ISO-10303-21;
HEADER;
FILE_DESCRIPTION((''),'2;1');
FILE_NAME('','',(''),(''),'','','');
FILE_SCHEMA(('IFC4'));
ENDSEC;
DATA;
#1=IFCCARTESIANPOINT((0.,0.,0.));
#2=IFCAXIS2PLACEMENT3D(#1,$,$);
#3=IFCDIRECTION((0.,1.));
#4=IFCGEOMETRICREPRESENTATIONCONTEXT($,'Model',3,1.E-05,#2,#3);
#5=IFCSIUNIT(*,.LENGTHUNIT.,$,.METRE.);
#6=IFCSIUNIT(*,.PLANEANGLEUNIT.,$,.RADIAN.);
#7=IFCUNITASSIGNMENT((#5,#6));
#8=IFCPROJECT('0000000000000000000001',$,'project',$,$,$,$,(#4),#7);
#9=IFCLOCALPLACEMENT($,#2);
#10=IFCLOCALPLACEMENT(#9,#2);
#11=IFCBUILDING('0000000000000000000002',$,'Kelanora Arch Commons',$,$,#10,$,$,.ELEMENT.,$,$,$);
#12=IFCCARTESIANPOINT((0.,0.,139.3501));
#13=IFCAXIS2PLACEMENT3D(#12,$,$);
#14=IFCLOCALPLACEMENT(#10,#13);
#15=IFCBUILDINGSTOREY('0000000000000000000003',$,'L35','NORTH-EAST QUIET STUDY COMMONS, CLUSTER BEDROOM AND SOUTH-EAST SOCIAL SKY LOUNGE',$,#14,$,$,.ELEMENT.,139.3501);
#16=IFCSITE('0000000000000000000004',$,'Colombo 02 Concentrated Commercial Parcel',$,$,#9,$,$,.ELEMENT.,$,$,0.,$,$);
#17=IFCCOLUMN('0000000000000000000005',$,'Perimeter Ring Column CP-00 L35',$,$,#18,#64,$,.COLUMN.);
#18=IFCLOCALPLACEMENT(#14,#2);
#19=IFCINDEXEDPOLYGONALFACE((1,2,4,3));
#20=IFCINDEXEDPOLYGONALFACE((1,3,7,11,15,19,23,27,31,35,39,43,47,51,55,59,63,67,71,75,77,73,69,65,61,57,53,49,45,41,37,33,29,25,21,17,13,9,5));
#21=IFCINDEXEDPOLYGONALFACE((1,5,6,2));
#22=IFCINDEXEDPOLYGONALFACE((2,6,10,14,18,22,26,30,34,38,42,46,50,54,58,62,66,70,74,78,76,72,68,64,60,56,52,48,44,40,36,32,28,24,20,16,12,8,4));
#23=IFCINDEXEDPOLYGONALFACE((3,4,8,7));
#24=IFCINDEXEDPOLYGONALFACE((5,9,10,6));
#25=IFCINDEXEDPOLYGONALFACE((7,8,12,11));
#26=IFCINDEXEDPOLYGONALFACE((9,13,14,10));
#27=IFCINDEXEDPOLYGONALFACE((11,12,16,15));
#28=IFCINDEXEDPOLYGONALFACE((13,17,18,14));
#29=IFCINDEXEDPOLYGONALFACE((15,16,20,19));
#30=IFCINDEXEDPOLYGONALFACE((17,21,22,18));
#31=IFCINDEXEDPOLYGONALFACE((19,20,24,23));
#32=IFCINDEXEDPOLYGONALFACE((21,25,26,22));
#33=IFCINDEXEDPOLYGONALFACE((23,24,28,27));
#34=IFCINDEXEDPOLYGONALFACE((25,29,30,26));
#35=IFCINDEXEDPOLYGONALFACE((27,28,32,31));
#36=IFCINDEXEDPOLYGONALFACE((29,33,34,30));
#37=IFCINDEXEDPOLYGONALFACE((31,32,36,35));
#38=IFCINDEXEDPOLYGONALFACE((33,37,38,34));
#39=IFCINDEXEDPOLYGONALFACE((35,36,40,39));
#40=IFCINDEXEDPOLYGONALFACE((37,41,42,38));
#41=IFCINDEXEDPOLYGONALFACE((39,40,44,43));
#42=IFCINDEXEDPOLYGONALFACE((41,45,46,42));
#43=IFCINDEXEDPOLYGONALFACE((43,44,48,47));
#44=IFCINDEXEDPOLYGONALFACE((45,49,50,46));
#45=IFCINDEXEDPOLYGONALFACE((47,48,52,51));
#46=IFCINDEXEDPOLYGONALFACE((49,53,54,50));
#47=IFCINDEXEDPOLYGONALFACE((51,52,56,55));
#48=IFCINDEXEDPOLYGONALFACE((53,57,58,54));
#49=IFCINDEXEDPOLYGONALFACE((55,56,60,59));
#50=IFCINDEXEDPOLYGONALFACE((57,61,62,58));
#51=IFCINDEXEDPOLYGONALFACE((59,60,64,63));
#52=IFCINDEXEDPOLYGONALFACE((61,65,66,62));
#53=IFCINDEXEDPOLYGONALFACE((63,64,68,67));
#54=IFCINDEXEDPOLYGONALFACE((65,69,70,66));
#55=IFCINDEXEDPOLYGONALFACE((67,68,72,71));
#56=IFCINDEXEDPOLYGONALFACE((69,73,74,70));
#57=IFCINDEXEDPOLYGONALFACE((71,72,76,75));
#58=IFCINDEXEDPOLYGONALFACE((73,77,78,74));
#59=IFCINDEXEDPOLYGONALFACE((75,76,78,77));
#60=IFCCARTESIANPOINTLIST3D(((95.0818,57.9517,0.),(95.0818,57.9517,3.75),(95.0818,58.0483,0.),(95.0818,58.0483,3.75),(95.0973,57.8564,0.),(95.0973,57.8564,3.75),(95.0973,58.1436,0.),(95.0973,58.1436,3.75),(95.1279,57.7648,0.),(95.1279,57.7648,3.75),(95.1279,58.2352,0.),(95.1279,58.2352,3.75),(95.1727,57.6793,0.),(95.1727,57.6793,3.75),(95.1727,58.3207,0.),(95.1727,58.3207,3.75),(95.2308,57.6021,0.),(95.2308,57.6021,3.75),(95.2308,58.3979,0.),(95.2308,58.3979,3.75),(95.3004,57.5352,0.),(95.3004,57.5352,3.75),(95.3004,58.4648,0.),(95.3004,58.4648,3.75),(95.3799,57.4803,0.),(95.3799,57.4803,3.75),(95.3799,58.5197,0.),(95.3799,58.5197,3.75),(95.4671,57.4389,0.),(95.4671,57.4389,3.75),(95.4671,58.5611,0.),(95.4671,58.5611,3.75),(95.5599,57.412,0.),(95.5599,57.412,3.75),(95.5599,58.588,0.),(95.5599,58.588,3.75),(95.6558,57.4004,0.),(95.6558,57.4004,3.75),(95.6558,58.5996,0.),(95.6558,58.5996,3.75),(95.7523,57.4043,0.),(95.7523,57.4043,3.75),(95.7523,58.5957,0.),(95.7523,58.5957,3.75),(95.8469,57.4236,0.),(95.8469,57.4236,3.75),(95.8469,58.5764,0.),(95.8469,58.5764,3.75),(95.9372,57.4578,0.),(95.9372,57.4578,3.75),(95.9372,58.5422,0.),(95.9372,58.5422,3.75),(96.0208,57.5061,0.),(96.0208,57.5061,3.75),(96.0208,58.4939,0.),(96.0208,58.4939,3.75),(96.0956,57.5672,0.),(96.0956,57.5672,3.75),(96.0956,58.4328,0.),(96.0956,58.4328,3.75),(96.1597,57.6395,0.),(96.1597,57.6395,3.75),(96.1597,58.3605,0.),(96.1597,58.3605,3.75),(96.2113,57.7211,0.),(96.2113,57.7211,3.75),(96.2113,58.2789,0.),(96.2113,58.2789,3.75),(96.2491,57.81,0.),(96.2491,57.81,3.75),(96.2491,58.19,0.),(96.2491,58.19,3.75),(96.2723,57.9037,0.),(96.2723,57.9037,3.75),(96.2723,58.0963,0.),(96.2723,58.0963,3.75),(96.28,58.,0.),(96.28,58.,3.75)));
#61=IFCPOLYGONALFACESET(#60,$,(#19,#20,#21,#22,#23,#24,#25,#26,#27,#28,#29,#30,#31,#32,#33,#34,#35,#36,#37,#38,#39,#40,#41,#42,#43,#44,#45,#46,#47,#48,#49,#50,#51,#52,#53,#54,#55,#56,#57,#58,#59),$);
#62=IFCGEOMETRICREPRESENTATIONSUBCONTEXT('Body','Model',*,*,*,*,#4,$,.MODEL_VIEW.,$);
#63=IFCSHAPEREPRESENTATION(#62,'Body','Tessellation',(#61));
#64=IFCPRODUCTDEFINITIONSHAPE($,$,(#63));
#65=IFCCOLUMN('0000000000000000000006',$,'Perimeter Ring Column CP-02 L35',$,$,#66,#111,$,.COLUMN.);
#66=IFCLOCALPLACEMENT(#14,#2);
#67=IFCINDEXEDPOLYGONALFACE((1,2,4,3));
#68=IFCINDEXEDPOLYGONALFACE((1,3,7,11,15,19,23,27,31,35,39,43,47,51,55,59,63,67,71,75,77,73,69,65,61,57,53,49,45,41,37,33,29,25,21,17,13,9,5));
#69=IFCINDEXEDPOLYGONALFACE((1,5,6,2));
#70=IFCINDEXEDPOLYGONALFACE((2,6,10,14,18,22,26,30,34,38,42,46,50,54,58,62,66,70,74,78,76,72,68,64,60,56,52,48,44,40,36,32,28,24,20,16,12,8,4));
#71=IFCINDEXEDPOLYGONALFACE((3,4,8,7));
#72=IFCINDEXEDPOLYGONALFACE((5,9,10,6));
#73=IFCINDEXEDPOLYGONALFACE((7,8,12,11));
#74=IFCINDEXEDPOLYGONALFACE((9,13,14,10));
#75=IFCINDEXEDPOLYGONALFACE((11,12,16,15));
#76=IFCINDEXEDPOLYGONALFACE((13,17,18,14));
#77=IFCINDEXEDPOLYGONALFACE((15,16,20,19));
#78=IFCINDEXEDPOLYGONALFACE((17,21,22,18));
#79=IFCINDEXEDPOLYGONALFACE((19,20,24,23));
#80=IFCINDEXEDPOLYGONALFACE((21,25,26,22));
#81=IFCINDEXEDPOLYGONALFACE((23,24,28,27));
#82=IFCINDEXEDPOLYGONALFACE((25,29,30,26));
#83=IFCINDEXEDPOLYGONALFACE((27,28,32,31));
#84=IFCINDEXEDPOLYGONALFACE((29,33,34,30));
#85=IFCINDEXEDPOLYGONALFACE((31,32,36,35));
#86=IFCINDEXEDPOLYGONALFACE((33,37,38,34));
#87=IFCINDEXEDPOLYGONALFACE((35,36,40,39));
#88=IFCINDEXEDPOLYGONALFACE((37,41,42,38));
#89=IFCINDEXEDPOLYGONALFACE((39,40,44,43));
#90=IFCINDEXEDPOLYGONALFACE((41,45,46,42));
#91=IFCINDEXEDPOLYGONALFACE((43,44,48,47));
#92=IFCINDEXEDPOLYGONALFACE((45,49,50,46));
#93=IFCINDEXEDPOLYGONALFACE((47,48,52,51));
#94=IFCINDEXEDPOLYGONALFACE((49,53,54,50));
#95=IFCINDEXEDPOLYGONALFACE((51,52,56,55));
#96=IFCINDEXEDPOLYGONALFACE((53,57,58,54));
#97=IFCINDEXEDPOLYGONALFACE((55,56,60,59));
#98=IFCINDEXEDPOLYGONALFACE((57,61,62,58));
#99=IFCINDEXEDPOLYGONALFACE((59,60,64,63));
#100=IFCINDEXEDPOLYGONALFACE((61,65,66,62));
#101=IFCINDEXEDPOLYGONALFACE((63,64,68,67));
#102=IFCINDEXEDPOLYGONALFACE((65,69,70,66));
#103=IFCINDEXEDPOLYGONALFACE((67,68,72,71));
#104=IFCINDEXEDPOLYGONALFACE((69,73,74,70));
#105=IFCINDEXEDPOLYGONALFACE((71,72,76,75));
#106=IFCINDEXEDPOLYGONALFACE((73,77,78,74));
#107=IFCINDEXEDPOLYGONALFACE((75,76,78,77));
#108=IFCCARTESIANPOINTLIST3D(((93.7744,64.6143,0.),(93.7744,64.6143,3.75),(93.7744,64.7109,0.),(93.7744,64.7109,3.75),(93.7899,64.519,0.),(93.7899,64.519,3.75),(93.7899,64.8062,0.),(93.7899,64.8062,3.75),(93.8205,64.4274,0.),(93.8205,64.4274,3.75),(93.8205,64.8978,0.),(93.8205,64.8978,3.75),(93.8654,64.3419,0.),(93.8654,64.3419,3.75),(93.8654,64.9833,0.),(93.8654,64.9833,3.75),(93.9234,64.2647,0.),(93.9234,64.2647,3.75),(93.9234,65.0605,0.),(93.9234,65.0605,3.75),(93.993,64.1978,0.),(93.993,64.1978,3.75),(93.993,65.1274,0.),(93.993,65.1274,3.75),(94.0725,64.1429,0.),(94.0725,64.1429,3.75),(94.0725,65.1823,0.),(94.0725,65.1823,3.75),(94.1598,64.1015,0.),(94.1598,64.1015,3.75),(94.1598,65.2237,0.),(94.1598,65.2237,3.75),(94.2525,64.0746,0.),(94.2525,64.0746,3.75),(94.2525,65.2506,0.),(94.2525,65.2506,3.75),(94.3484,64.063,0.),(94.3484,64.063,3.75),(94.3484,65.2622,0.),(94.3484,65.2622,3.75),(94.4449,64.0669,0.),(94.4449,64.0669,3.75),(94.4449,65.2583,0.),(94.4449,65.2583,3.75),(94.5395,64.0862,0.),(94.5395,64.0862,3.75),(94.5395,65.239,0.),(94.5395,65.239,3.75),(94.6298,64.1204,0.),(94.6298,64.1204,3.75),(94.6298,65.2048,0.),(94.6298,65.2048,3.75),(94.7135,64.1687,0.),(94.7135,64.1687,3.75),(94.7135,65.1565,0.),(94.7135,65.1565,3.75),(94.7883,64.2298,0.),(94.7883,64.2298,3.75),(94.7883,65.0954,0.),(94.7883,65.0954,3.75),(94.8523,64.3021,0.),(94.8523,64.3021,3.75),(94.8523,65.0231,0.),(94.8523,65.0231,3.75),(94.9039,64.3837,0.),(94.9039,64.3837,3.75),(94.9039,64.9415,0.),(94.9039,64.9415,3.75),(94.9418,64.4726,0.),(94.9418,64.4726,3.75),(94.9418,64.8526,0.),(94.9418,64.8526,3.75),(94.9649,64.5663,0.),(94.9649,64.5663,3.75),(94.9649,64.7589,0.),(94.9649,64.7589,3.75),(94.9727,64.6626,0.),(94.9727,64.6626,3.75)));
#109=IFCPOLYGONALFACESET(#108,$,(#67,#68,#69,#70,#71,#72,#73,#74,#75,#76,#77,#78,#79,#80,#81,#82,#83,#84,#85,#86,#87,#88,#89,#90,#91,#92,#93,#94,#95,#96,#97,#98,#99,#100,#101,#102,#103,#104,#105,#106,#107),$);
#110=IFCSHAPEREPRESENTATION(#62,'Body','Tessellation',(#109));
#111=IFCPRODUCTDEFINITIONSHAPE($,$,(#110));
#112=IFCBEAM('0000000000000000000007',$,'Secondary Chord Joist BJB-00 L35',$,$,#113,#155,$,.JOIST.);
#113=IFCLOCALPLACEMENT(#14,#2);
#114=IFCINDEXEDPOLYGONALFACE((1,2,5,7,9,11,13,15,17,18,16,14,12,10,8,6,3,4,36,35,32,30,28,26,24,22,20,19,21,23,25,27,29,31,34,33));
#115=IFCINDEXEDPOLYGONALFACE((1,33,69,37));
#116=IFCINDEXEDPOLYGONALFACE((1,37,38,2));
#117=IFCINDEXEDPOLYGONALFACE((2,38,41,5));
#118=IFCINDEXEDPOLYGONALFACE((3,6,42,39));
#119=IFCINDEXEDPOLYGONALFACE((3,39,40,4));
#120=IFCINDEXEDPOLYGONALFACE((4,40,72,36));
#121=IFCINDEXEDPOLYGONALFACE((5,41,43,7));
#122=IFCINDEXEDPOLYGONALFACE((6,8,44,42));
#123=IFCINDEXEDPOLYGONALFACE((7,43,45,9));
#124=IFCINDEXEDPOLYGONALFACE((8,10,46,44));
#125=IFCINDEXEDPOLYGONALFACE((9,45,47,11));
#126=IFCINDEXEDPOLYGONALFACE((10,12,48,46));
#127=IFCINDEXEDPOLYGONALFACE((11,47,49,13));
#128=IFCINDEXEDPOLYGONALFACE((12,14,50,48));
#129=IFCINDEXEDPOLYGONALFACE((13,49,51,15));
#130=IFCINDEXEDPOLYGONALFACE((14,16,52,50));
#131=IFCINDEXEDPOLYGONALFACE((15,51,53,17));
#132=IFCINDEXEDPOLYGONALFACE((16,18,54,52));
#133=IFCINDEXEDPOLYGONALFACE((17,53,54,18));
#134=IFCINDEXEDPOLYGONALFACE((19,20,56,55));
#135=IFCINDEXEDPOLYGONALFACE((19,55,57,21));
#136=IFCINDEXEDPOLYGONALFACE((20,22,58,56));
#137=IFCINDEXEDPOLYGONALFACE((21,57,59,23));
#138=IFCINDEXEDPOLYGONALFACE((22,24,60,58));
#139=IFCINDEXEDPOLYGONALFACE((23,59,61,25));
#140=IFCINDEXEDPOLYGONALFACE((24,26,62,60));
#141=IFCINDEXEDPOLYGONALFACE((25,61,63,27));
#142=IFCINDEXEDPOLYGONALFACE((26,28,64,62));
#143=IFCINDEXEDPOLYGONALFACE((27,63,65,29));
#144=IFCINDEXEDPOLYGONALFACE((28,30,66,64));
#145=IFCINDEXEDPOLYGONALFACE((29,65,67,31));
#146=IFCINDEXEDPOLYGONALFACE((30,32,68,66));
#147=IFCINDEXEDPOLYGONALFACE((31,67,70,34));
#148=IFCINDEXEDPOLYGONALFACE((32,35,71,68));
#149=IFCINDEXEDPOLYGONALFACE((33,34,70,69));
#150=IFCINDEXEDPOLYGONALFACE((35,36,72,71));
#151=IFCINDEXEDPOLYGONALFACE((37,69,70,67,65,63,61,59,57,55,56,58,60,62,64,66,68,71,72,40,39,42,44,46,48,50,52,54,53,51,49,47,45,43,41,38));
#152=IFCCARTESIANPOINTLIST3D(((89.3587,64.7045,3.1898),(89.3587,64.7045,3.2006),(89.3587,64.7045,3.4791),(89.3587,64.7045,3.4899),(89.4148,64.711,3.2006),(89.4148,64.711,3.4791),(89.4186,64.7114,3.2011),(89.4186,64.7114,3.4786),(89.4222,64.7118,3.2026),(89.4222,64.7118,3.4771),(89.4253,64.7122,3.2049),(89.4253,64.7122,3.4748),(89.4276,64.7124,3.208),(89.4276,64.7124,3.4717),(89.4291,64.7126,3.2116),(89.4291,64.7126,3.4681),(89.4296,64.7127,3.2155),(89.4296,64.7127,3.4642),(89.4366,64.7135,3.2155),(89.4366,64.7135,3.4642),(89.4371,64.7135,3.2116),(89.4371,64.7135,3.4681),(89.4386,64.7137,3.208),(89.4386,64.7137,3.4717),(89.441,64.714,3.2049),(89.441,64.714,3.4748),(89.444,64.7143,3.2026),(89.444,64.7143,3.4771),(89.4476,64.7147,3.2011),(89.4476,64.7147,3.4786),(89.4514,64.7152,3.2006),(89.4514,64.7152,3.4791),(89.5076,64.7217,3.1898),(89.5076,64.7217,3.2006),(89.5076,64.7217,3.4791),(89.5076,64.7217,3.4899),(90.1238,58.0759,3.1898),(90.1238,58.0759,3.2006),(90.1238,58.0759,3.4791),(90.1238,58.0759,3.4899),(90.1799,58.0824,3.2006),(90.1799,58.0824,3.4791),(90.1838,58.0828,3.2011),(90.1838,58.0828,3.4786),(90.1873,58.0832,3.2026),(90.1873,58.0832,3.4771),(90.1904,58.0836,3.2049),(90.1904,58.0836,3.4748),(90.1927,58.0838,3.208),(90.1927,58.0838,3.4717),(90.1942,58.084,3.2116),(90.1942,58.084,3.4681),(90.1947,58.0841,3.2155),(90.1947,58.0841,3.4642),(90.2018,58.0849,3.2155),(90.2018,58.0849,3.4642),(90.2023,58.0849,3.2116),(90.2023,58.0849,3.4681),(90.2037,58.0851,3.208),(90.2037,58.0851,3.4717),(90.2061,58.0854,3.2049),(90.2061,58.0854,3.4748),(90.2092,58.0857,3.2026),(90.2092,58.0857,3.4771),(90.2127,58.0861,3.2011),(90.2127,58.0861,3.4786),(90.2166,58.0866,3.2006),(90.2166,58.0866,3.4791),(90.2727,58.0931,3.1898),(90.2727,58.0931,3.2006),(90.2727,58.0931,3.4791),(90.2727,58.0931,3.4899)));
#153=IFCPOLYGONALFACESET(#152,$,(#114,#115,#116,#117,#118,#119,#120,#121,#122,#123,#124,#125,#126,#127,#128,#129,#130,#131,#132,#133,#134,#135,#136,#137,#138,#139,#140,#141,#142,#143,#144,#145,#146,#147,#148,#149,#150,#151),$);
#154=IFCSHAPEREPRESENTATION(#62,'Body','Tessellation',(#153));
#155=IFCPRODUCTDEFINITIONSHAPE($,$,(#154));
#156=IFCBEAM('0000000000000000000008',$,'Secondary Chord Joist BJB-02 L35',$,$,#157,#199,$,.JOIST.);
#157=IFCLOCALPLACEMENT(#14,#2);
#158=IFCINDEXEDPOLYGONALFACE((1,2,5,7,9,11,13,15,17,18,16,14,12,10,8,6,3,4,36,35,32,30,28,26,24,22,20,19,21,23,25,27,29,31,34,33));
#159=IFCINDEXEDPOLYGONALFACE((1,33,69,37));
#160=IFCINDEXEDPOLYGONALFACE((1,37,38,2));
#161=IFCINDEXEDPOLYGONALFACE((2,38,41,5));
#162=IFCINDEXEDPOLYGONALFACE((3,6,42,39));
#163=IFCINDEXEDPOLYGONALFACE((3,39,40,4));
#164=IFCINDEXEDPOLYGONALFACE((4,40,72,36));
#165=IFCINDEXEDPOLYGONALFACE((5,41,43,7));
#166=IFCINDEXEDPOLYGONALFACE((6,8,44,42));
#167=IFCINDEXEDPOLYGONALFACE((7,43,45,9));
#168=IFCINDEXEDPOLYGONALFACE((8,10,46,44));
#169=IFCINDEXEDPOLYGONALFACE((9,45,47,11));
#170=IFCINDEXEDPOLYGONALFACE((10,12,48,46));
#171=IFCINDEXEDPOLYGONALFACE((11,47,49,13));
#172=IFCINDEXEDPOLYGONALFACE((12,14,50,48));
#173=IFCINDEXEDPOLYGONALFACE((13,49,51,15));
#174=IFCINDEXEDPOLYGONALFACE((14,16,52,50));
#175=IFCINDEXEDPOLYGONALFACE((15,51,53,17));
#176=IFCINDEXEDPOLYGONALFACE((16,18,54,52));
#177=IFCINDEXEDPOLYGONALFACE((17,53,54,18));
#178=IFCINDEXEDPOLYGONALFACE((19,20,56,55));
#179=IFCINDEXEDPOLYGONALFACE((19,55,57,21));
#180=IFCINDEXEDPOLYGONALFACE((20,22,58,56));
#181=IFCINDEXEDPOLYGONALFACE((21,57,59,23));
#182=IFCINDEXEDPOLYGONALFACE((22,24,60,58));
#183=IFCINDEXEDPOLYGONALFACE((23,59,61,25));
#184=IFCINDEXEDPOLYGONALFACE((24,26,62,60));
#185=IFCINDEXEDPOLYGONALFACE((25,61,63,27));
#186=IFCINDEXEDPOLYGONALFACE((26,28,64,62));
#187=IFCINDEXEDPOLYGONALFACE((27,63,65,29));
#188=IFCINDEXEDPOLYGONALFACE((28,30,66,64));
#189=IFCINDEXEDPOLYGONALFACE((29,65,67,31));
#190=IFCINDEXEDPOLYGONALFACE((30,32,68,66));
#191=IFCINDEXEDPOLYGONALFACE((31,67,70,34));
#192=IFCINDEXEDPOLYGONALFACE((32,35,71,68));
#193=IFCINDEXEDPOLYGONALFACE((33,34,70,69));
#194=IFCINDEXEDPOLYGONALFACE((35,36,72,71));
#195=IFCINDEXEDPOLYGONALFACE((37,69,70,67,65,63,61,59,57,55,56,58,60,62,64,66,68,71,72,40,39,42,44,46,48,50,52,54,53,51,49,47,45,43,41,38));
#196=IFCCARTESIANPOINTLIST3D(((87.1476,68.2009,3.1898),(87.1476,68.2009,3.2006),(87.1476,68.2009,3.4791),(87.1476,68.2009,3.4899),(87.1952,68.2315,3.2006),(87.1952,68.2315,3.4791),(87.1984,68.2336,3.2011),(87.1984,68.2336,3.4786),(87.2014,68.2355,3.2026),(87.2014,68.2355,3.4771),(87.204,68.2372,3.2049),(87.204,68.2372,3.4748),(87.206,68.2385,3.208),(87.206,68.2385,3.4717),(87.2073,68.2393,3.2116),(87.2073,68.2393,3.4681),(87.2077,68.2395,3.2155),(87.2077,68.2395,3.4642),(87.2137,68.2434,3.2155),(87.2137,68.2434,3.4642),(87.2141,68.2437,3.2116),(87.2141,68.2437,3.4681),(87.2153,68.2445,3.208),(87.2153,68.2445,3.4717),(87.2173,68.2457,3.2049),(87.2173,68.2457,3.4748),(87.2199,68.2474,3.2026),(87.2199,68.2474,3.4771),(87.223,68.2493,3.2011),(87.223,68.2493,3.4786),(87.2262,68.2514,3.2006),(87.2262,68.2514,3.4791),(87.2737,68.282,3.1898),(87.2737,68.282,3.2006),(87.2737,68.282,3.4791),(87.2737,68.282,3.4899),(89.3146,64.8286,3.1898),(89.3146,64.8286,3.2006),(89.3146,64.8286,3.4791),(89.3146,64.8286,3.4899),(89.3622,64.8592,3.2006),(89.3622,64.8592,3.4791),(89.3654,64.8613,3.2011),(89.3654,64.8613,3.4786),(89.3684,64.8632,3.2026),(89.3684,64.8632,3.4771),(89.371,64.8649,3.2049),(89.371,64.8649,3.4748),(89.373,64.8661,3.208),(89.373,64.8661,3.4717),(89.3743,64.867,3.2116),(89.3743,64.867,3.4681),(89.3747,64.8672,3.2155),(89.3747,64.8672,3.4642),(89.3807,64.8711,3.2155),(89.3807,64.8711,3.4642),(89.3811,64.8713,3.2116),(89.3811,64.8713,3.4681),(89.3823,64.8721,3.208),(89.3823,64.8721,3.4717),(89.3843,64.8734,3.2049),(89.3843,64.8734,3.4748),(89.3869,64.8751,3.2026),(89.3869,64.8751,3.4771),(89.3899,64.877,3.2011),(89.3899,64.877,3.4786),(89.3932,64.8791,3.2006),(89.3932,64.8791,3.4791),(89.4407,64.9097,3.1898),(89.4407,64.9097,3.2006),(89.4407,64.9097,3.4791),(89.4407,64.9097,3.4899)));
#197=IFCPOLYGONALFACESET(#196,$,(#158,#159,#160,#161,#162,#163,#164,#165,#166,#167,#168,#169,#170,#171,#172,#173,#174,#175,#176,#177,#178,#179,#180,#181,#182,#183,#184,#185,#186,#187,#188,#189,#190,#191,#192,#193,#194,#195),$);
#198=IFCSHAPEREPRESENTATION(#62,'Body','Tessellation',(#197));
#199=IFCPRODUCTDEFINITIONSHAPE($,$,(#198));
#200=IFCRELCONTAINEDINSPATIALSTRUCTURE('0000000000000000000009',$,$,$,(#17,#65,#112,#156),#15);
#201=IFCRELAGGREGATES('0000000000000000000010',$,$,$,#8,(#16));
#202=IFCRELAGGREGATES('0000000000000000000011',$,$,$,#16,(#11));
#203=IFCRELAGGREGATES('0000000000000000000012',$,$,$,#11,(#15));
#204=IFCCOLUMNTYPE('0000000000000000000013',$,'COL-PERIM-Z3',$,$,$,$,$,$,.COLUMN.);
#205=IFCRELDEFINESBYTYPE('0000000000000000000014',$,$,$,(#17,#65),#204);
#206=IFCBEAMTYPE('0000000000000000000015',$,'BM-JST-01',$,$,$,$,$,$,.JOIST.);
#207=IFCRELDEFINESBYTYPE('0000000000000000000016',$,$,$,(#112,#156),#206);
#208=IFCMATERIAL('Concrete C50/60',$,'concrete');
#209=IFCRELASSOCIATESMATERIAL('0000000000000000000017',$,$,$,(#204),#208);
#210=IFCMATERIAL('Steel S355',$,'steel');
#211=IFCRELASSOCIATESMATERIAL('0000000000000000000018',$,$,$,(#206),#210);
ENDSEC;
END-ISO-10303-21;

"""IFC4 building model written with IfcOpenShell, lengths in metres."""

from ifc_helpers import new_model, si_unit, direction, frame, origin, origin_2d, place, context, subcontext, project, spatial, circle, i_section, extrude, material, material_profile, profile_set, type_object, element, save


model = new_model("IFC4")

# Units and contexts
model_context = context("Model", 3, precision=1e-05, world=origin(), true_north=direction((0.0, 1.0)))
body_context = subcontext(model_context, "Body", "Model", "MODEL_VIEW")
ifc_project = project(units=[si_unit("LENGTHUNIT", "METRE"), si_unit("PLANEANGLEUNIT", "RADIAN")], contexts=[model_context])

# Site, building, storey
site_placement = place(None, origin())
site = spatial("IfcSite", under=ifc_project, at=site_placement, Name="Colombo 02 Concentrated Commercial Parcel", CompositionType="ELEMENT", RefElevation=0.0)
building_placement = place(site_placement, origin())
building = spatial("IfcBuilding", under=site, at=building_placement, Name="Kelanora Arch Commons", CompositionType="ELEMENT")
storey_placement = place(building_placement, frame((0.0, 0.0, 139.3501)))
storey = spatial("IfcBuildingStorey", under=building, at=storey_placement, Name="L35", Description="NORTH-EAST QUIET STUDY COMMONS, CLUSTER BEDROOM AND SOUTH-EAST SOCIAL SKY LOUNGE", CompositionType="ELEMENT", Elevation=139.3501)

# Columns
ifc_material_1 = material(Name="Concrete C50/60", Category="concrete")
ifc_material_profile_1 = material_profile(ifc_material_1, circle(Radius=0.6001, at=origin_2d()), Name="RCC1200")
ifc_profile_set_1 = profile_set([ifc_material_profile_1], Name="Concrete C50/60")
column_type = type_object("IfcColumnType", Name="COL-PERIM-Z3", PredefinedType="COLUMN", material=ifc_profile_set_1)
for number, where, z_axis, x_axis, name in (
    (1, (95.6799, 58.0, 0.0), (0.0, 0.0, 1.0), (1.0, 0.0, 0.0), "Perimeter Ring Column CP-00 L35"),
    (2, (94.3726, 64.6626, 0.0), (0.0, 0.0, 1.0), (1.0, 0.0, 0.0), "Perimeter Ring Column CP-02 L35"),
):
    element("IfcColumn", number, at=place(storey_placement, frame(where, z_axis=z_axis, x_axis=x_axis)), inside=storey, type_object=column_type, Name=name, PredefinedType="COLUMN", context=body_context, shape_type="SweptSolid", body=[
        extrude(circle(Radius=0.6001, at=origin_2d()), origin(), (0.0, 0.0, 1.0), 3.75),
    ])

# Beams
ifc_material_2 = material(Name="Steel S355", Category="steel")
ifc_material_profile_2 = material_profile(ifc_material_2, i_section(OverallWidth=0.1499, OverallDepth=0.3, WebThickness=0.0071, FlangeThickness=0.0107, FilletRadius=0.0149, at=origin_2d()), Name="IPE300")
ifc_profile_set_2 = profile_set([ifc_material_profile_2], Name="Steel S355")
beam_type_1 = type_object("IfcBeamType", Name="BM-JST-01", PredefinedType="JOIST", material=ifc_profile_set_2)
beam_1_placement = place(storey_placement, frame((90.1982, 58.0845, 3.3398), z_axis=(-0.114667, 0.993404, 0.0), x_axis=(-0.993404, -0.114667, 0.0)))
element("IfcBeam", 3, at=beam_1_placement, inside=storey, type_object=beam_type_1, Name="Secondary Chord Joist BJB-00 L35", PredefinedType="JOIST", context=body_context, shape_type="SweptSolid", body=[
    extrude(i_section(OverallWidth=0.1499, OverallDepth=0.3, WebThickness=0.0071, FlangeThickness=0.0107, FilletRadius=0.0149, at=origin_2d()), origin(), (0.0, 0.0, 1.0), 6.6726),
])
beam_2_placement = place(storey_placement, frame((89.3777, 64.8691, 3.3398), z_axis=(-0.540594, 0.841283, 0.0), x_axis=(-0.841283, -0.540594, 0.0)))
element("IfcBeam", 4, at=beam_2_placement, inside=storey, type_object=beam_type_1, Name="Secondary Chord Joist BJB-02 L35", PredefinedType="JOIST", context=body_context, shape_type="SweptSolid", body=[
    extrude(i_section(OverallWidth=0.1499, OverallDepth=0.3, WebThickness=0.0071, FlangeThickness=0.0107, FilletRadius=0.0149, at=origin_2d()), origin(), (0.0, 0.0, 1.0), 4.0085),
])

save(model, "model.ifc")
